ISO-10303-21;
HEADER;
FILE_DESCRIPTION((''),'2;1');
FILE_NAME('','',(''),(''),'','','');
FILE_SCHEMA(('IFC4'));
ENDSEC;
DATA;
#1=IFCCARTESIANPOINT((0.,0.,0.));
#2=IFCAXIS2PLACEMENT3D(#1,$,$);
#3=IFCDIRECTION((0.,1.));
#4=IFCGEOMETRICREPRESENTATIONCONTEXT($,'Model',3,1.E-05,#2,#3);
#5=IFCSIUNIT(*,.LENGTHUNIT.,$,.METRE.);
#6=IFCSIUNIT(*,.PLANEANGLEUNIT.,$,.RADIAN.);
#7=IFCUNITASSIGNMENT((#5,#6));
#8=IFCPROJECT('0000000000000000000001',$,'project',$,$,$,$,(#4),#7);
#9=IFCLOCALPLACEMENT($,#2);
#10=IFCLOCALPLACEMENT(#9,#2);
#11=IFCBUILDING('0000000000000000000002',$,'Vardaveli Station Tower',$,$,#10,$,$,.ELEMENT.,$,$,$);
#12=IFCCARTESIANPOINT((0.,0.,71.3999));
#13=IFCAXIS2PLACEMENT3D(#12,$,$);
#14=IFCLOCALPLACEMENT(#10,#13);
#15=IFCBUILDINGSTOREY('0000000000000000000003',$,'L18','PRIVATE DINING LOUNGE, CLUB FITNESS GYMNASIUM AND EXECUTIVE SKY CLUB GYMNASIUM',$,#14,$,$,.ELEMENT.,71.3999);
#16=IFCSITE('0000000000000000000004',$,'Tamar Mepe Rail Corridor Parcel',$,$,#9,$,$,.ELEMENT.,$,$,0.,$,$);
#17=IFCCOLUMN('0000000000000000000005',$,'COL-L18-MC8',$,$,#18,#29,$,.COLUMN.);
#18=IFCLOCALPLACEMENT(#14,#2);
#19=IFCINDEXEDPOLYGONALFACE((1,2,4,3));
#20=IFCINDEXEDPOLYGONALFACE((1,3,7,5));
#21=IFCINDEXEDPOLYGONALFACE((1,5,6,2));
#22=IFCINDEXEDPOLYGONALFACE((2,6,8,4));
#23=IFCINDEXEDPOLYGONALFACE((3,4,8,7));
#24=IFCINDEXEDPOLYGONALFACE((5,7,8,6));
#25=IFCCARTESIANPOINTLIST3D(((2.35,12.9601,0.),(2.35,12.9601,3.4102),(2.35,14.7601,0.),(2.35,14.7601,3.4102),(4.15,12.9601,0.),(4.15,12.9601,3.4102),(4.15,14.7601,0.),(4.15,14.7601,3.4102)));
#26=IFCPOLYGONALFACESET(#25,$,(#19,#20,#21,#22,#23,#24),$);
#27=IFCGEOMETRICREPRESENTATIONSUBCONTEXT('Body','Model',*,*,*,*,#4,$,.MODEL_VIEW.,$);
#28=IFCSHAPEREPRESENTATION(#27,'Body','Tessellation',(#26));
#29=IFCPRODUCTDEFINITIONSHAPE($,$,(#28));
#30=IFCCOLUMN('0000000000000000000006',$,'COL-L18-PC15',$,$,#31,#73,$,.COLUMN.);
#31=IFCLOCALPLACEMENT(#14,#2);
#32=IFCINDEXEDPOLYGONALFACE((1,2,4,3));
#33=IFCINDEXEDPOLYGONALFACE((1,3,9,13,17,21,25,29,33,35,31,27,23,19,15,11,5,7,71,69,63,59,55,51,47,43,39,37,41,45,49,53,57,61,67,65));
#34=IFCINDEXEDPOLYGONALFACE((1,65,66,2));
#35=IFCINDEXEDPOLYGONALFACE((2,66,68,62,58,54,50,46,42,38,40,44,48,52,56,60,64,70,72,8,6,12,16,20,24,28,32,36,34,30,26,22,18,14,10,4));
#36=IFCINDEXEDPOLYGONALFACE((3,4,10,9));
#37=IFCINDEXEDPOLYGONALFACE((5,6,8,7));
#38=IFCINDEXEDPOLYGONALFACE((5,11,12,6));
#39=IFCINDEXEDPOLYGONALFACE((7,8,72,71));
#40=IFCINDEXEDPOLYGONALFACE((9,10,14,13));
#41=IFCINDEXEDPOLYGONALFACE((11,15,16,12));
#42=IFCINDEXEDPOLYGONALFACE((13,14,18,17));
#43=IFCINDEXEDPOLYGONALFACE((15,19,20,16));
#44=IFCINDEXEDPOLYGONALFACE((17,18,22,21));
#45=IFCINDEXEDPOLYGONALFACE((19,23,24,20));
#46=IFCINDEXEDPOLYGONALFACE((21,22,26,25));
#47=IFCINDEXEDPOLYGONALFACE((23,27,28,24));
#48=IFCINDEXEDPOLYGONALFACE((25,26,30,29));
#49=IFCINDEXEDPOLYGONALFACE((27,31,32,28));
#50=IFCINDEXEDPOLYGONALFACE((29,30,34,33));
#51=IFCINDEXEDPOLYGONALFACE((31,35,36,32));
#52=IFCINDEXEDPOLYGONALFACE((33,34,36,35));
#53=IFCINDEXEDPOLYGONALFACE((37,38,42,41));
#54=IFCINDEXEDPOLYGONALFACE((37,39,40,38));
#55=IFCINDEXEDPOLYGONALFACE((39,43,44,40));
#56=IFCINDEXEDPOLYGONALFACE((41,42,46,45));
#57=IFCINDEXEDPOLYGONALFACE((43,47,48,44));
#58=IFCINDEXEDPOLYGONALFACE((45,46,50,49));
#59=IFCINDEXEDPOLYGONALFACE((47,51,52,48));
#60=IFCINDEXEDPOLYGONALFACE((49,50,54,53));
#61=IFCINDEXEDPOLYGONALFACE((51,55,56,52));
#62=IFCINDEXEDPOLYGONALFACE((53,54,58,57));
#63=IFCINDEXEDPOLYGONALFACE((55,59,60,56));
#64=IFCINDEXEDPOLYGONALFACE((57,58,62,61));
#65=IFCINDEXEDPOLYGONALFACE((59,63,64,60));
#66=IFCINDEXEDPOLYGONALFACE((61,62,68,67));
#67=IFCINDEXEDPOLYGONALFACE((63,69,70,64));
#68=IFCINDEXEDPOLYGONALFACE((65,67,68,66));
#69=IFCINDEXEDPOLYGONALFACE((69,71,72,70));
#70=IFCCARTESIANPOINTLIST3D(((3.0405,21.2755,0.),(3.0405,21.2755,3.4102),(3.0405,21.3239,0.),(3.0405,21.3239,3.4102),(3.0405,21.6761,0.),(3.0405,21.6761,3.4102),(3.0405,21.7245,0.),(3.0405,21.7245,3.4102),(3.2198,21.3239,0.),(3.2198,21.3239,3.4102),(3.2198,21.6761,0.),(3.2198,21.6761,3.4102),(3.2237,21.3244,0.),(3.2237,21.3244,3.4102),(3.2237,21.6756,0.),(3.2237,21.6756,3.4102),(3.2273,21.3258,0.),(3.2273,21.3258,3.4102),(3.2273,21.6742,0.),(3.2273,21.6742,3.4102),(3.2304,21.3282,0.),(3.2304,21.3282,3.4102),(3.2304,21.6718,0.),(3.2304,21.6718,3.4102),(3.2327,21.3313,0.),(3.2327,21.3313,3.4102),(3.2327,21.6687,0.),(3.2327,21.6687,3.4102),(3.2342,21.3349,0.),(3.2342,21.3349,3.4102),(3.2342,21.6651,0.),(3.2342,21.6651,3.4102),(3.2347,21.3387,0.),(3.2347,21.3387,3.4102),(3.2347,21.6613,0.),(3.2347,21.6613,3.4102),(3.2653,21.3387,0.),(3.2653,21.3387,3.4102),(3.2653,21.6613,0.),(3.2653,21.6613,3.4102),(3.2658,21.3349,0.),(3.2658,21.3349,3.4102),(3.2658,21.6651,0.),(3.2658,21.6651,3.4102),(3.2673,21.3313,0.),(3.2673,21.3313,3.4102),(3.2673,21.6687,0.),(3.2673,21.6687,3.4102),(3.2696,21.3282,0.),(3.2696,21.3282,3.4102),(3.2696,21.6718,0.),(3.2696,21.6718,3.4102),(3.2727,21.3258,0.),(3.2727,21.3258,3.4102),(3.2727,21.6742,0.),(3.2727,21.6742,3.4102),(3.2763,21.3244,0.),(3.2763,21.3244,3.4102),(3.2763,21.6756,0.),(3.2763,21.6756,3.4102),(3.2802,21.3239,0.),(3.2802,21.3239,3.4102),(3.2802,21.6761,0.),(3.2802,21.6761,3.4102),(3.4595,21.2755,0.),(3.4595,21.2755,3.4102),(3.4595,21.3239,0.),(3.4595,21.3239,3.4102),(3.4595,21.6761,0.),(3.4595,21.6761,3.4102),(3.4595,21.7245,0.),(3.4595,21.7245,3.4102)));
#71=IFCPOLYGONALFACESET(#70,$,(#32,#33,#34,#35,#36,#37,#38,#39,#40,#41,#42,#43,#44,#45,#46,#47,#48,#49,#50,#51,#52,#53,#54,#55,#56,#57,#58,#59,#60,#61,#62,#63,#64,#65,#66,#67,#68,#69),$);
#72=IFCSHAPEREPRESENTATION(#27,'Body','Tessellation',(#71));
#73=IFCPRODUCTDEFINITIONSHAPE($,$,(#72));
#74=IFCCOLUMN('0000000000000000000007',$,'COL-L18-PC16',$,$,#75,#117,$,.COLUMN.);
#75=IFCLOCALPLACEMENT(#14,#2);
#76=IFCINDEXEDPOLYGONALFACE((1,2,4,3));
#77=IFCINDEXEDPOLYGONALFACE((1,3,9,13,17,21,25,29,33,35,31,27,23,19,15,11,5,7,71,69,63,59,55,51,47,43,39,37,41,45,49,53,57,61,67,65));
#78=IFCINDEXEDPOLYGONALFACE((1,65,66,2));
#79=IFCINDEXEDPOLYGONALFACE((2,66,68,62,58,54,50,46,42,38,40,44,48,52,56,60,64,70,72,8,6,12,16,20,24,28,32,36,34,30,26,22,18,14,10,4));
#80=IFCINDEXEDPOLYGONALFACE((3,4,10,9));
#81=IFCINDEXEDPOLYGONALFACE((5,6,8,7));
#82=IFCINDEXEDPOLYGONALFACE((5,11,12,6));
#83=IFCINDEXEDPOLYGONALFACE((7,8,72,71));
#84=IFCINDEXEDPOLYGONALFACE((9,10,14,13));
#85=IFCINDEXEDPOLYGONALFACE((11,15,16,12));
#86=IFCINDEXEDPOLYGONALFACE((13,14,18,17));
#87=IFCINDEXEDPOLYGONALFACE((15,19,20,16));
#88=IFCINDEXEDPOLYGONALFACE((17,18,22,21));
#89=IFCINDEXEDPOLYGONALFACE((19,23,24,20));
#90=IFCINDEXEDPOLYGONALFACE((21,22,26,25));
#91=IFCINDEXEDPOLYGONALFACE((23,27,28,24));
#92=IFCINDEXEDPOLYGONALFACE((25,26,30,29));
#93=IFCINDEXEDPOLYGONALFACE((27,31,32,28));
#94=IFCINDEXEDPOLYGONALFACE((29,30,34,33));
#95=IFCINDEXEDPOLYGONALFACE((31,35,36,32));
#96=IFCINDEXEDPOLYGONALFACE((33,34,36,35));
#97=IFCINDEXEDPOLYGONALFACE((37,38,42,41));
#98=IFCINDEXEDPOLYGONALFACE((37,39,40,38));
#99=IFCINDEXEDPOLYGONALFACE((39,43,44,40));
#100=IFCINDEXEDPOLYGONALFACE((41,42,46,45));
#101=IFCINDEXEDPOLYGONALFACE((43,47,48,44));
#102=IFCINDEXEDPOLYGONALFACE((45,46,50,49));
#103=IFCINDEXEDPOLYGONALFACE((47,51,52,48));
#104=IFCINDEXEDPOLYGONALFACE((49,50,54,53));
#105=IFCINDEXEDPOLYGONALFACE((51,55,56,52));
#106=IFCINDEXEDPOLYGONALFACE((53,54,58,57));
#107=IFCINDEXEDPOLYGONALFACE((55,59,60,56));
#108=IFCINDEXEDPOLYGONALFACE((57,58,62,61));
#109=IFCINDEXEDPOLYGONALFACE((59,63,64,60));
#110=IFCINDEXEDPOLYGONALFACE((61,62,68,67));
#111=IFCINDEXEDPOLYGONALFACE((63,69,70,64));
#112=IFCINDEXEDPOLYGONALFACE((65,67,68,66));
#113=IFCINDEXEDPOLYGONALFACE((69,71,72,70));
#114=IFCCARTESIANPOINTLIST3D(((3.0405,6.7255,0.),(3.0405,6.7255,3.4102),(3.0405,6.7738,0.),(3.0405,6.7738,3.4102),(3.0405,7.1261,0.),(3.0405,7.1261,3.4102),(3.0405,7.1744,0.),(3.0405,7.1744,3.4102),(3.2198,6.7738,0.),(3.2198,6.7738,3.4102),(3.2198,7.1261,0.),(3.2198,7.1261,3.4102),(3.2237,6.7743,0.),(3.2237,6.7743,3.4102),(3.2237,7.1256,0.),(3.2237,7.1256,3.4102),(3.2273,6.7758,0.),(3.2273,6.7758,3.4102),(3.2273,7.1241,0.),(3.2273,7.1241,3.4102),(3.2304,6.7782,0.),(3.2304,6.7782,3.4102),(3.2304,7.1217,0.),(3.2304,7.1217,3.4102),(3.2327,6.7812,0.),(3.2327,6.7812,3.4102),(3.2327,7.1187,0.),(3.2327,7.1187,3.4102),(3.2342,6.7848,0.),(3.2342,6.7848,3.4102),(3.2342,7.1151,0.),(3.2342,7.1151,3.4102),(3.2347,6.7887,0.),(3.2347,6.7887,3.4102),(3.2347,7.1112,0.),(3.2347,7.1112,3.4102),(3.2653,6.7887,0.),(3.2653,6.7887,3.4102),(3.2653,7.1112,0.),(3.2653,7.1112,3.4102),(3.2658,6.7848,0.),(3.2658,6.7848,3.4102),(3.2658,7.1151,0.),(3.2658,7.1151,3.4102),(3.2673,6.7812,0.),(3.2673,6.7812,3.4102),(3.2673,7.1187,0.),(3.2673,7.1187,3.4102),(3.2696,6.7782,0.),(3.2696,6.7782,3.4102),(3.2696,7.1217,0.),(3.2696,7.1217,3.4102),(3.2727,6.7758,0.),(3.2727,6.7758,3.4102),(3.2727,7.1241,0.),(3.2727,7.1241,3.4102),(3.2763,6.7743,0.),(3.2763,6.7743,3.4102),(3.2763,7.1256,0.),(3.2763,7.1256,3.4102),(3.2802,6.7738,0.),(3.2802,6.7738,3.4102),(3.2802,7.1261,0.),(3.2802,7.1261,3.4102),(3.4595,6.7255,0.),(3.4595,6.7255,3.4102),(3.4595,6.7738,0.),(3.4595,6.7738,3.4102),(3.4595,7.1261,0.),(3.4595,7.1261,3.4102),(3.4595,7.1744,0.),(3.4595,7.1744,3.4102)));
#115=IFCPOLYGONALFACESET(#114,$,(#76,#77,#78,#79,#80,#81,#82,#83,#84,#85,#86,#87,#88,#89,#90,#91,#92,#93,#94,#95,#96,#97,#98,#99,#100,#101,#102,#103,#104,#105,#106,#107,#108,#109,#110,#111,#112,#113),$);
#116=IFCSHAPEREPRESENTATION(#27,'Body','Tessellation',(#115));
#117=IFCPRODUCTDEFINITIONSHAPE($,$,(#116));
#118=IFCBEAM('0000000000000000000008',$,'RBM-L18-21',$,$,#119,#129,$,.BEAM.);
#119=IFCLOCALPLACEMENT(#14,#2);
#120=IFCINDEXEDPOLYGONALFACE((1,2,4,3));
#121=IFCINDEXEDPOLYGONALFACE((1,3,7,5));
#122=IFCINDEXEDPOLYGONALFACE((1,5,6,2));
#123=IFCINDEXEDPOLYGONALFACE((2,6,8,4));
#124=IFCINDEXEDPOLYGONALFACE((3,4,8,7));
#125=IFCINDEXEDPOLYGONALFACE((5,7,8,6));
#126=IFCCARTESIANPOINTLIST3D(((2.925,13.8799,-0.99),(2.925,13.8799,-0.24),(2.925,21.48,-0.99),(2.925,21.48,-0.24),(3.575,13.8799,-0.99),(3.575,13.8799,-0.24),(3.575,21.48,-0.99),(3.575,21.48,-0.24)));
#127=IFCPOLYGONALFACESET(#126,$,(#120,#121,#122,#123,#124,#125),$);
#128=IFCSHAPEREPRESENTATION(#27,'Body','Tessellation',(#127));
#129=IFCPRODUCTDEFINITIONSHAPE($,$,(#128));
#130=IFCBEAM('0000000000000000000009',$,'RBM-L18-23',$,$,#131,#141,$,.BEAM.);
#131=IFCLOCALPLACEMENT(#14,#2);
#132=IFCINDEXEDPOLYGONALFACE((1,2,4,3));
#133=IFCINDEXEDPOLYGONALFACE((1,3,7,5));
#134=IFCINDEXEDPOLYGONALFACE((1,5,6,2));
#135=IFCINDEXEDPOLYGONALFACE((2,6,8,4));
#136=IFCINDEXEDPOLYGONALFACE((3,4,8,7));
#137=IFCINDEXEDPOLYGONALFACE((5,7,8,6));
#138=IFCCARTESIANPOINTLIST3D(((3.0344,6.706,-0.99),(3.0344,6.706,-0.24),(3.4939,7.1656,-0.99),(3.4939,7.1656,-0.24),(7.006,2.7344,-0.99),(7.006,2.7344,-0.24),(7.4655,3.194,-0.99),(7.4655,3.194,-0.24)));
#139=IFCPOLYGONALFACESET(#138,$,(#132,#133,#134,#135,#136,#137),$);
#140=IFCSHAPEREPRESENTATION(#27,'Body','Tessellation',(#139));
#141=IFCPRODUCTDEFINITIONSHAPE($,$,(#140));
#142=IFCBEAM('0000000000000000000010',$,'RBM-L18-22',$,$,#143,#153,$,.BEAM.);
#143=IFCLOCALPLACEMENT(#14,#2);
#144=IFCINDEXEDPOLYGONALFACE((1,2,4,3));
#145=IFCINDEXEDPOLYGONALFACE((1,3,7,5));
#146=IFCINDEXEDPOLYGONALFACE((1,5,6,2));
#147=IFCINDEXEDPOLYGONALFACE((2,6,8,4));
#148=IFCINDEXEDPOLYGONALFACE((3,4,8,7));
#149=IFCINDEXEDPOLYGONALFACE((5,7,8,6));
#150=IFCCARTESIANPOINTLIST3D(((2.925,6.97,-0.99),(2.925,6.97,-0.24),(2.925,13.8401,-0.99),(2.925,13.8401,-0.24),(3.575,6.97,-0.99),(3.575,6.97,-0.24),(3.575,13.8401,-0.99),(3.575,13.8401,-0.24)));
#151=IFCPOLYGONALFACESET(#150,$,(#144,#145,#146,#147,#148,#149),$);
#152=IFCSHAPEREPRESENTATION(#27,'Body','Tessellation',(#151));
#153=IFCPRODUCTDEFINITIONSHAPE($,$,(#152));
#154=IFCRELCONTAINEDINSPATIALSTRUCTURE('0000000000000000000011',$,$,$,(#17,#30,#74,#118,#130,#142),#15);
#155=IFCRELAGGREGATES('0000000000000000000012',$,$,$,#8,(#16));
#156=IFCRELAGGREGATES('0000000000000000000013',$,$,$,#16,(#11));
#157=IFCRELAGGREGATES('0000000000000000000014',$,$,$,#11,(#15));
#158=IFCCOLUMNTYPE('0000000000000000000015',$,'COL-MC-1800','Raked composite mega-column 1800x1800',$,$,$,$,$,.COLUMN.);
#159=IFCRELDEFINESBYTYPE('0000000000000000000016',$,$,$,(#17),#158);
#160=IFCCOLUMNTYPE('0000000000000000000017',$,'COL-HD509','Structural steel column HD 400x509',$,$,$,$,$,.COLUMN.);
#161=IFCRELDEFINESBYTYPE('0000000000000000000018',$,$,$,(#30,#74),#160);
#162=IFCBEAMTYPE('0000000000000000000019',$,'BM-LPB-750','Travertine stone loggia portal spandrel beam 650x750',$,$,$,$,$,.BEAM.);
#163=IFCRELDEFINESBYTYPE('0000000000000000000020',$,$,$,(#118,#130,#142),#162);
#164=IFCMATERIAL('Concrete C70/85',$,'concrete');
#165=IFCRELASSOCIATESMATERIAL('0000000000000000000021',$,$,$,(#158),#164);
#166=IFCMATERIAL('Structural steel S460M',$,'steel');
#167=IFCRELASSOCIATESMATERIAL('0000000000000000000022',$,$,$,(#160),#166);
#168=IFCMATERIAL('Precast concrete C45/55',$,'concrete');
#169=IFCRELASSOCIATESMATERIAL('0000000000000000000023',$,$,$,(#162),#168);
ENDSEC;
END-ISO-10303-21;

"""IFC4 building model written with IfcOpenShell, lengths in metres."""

from ifc_helpers import new_model, si_unit, direction, frame, origin, origin_2d, place, context, subcontext, project, spatial, rectangle, i_section, extrude, source, transform, mapped, material, material_profile, profile_set, type_object, element, save


model = new_model("IFC4")

# Units and contexts
model_context = context("Model", 3, precision=1e-05, world=origin(), true_north=direction((0.0, 1.0)))
body_context = subcontext(model_context, "Body", "Model", "MODEL_VIEW")
ifc_project = project(units=[si_unit("LENGTHUNIT", "METRE"), si_unit("PLANEANGLEUNIT", "RADIAN")], contexts=[model_context])

# Site, building, storey
site_placement = place(None, origin())
site = spatial("IfcSite", under=ifc_project, at=site_placement, Name="Tamar Mepe Rail Corridor Parcel", CompositionType="ELEMENT", RefElevation=0.0)
building_placement = place(site_placement, origin())
building = spatial("IfcBuilding", under=site, at=building_placement, Name="Vardaveli Station Tower", CompositionType="ELEMENT")
storey_placement = place(building_placement, frame((0.0, 0.0, 71.3999)))
storey = spatial("IfcBuildingStorey", under=building, at=storey_placement, Name="L18", Description="PRIVATE DINING LOUNGE, CLUB FITNESS GYMNASIUM AND EXECUTIVE SKY CLUB GYMNASIUM", CompositionType="ELEMENT", Elevation=71.3999)

# Columns
ifc_material_1 = material(Name="Concrete C70/85", Category="concrete")
ifc_material_profile_1 = material_profile(ifc_material_1, rectangle(XDim=1.8, YDim=1.8, at=origin_2d()), Name="MC 1800x1800")
ifc_profile_set_1 = profile_set([ifc_material_profile_1], Name="Concrete C70/85")
column_type_1 = type_object("IfcColumnType", Name="COL-MC-1800", Description="Raked composite mega-column 1800x1800", PredefinedType="COLUMN", material=ifc_profile_set_1)
shared_shape_1 = source(origin(), body_context, "Body", "SweptSolid", [
    extrude(rectangle(XDim=1.8, YDim=1.8, at=origin_2d()), origin(), (0.0, 0.0, 1.0), 3.4102),
])
column_placement = place(storey_placement, frame((3.25, 13.8601, 0.0), z_axis=(0.0, 0.0, 1.0), x_axis=(1.0, 0.0, 0.0)))
element("IfcColumn", 1, at=column_placement, inside=storey, type_object=column_type_1, Name="COL-L18-MC8", PredefinedType="COLUMN", context=body_context, shape_type="MappedRepresentation", body=[
    mapped(shared_shape_1, transform((0.0, 0.0, 0.0), scale=1.0)),
])
ifc_material_2 = material(Name="Structural steel S460M", Category="steel")
ifc_material_profile_2 = material_profile(ifc_material_2, i_section(OverallWidth=0.4189, OverallDepth=0.449, WebThickness=0.0305, FlangeThickness=0.0483, FilletRadius=0.0149, at=origin_2d()), Name="HD 400x509")
ifc_profile_set_2 = profile_set([ifc_material_profile_2], Name="Structural steel S460M")
column_type_2 = type_object("IfcColumnType", Name="COL-HD509", Description="Structural steel column HD 400x509", PredefinedType="COLUMN", material=ifc_profile_set_2)
shared_shape_2 = source(origin(), body_context, "Body", "SweptSolid", [
    extrude(i_section(OverallWidth=0.4189, OverallDepth=0.449, WebThickness=0.0305, FlangeThickness=0.0483, FilletRadius=0.0149, at=origin_2d()), origin(), (0.0, 0.0, 1.0), 3.4102),
])
for number, where, z_axis, x_axis, name in (
    (2, (3.25, 21.5, 0.0), (0.0, 0.0, 1.0), (1.0, 0.0, 0.0), "COL-L18-PC15"),
    (3, (3.25, 6.95, 0.0), (0.0, 0.0, 1.0), (1.0, 0.0, 0.0), "COL-L18-PC16"),
):
    element("IfcColumn", number, at=place(storey_placement, frame(where, z_axis=z_axis, x_axis=x_axis)), inside=storey, type_object=column_type_2, Name=name, PredefinedType="COLUMN", context=body_context, shape_type="MappedRepresentation", body=[
        mapped(shared_shape_2, transform((0.0, 0.0, 0.0), scale=1.0)),
    ])

# Beams
ifc_material_3 = material(Name="Precast concrete C45/55", Category="concrete")
ifc_material_profile_3 = material_profile(ifc_material_3, rectangle(XDim=0.6499, YDim=0.75, at=origin_2d()), Name="LPB 650x750")
ifc_profile_set_3 = profile_set([ifc_material_profile_3], Name="Precast concrete C45/55")
beam_type_1 = type_object("IfcBeamType", Name="BM-LPB-750", Description="Travertine stone loggia portal spandrel beam 650x750", PredefinedType="BEAM", material=ifc_profile_set_3)
shared_shape_3 = source(origin(), body_context, "Body", "SweptSolid", [
    extrude(rectangle(XDim=0.6499, YDim=0.75, at=origin_2d()), origin(), (0.0, 0.0, 1.0), 7.6001),
])
beam_1_placement = place(storey_placement, frame((3.25, 21.48, -0.615), z_axis=(0.0, -1.0, 0.0), x_axis=(1.0, 0.0, 0.0)))
element("IfcBeam", 4, at=beam_1_placement, inside=storey, type_object=beam_type_1, Name="RBM-L18-21", PredefinedType="BEAM", context=body_context, shape_type="MappedRepresentation", body=[
    mapped(shared_shape_3, transform((0.0, 0.0, 0.0), scale=1.0)),
])
shared_shape_4 = source(origin(), body_context, "Body", "SweptSolid", [
    extrude(rectangle(XDim=0.6499, YDim=0.75, at=origin_2d()), origin(), (0.0, 0.0, 1.0), 5.6167),
])
beam_2_placement = place(storey_placement, frame((3.2642, 6.9358, -0.615), z_axis=(0.707107, -0.707107, 0.0), x_axis=(0.707107, 0.707107, 0.0)))
element("IfcBeam", 5, at=beam_2_placement, inside=storey, type_object=beam_type_1, Name="RBM-L18-23", PredefinedType="BEAM", context=body_context, shape_type="MappedRepresentation", body=[
    mapped(shared_shape_4, transform((0.0, 0.0, 0.0), scale=1.0)),
])
shared_shape_5 = source(origin(), body_context, "Body", "SweptSolid", [
    extrude(rectangle(XDim=0.6499, YDim=0.75, at=origin_2d()), origin(), (0.0, 0.0, 1.0), 6.8701),
])
beam_3_placement = place(storey_placement, frame((3.25, 13.8401, -0.615), z_axis=(0.0, -1.0, 0.0), x_axis=(1.0, 0.0, 0.0)))
element("IfcBeam", 6, at=beam_3_placement, inside=storey, type_object=beam_type_1, Name="RBM-L18-22", PredefinedType="BEAM", context=body_context, shape_type="MappedRepresentation", body=[
    mapped(shared_shape_5, transform((0.0, 0.0, 0.0), scale=1.0)),
])

save(model, "model.ifc")
